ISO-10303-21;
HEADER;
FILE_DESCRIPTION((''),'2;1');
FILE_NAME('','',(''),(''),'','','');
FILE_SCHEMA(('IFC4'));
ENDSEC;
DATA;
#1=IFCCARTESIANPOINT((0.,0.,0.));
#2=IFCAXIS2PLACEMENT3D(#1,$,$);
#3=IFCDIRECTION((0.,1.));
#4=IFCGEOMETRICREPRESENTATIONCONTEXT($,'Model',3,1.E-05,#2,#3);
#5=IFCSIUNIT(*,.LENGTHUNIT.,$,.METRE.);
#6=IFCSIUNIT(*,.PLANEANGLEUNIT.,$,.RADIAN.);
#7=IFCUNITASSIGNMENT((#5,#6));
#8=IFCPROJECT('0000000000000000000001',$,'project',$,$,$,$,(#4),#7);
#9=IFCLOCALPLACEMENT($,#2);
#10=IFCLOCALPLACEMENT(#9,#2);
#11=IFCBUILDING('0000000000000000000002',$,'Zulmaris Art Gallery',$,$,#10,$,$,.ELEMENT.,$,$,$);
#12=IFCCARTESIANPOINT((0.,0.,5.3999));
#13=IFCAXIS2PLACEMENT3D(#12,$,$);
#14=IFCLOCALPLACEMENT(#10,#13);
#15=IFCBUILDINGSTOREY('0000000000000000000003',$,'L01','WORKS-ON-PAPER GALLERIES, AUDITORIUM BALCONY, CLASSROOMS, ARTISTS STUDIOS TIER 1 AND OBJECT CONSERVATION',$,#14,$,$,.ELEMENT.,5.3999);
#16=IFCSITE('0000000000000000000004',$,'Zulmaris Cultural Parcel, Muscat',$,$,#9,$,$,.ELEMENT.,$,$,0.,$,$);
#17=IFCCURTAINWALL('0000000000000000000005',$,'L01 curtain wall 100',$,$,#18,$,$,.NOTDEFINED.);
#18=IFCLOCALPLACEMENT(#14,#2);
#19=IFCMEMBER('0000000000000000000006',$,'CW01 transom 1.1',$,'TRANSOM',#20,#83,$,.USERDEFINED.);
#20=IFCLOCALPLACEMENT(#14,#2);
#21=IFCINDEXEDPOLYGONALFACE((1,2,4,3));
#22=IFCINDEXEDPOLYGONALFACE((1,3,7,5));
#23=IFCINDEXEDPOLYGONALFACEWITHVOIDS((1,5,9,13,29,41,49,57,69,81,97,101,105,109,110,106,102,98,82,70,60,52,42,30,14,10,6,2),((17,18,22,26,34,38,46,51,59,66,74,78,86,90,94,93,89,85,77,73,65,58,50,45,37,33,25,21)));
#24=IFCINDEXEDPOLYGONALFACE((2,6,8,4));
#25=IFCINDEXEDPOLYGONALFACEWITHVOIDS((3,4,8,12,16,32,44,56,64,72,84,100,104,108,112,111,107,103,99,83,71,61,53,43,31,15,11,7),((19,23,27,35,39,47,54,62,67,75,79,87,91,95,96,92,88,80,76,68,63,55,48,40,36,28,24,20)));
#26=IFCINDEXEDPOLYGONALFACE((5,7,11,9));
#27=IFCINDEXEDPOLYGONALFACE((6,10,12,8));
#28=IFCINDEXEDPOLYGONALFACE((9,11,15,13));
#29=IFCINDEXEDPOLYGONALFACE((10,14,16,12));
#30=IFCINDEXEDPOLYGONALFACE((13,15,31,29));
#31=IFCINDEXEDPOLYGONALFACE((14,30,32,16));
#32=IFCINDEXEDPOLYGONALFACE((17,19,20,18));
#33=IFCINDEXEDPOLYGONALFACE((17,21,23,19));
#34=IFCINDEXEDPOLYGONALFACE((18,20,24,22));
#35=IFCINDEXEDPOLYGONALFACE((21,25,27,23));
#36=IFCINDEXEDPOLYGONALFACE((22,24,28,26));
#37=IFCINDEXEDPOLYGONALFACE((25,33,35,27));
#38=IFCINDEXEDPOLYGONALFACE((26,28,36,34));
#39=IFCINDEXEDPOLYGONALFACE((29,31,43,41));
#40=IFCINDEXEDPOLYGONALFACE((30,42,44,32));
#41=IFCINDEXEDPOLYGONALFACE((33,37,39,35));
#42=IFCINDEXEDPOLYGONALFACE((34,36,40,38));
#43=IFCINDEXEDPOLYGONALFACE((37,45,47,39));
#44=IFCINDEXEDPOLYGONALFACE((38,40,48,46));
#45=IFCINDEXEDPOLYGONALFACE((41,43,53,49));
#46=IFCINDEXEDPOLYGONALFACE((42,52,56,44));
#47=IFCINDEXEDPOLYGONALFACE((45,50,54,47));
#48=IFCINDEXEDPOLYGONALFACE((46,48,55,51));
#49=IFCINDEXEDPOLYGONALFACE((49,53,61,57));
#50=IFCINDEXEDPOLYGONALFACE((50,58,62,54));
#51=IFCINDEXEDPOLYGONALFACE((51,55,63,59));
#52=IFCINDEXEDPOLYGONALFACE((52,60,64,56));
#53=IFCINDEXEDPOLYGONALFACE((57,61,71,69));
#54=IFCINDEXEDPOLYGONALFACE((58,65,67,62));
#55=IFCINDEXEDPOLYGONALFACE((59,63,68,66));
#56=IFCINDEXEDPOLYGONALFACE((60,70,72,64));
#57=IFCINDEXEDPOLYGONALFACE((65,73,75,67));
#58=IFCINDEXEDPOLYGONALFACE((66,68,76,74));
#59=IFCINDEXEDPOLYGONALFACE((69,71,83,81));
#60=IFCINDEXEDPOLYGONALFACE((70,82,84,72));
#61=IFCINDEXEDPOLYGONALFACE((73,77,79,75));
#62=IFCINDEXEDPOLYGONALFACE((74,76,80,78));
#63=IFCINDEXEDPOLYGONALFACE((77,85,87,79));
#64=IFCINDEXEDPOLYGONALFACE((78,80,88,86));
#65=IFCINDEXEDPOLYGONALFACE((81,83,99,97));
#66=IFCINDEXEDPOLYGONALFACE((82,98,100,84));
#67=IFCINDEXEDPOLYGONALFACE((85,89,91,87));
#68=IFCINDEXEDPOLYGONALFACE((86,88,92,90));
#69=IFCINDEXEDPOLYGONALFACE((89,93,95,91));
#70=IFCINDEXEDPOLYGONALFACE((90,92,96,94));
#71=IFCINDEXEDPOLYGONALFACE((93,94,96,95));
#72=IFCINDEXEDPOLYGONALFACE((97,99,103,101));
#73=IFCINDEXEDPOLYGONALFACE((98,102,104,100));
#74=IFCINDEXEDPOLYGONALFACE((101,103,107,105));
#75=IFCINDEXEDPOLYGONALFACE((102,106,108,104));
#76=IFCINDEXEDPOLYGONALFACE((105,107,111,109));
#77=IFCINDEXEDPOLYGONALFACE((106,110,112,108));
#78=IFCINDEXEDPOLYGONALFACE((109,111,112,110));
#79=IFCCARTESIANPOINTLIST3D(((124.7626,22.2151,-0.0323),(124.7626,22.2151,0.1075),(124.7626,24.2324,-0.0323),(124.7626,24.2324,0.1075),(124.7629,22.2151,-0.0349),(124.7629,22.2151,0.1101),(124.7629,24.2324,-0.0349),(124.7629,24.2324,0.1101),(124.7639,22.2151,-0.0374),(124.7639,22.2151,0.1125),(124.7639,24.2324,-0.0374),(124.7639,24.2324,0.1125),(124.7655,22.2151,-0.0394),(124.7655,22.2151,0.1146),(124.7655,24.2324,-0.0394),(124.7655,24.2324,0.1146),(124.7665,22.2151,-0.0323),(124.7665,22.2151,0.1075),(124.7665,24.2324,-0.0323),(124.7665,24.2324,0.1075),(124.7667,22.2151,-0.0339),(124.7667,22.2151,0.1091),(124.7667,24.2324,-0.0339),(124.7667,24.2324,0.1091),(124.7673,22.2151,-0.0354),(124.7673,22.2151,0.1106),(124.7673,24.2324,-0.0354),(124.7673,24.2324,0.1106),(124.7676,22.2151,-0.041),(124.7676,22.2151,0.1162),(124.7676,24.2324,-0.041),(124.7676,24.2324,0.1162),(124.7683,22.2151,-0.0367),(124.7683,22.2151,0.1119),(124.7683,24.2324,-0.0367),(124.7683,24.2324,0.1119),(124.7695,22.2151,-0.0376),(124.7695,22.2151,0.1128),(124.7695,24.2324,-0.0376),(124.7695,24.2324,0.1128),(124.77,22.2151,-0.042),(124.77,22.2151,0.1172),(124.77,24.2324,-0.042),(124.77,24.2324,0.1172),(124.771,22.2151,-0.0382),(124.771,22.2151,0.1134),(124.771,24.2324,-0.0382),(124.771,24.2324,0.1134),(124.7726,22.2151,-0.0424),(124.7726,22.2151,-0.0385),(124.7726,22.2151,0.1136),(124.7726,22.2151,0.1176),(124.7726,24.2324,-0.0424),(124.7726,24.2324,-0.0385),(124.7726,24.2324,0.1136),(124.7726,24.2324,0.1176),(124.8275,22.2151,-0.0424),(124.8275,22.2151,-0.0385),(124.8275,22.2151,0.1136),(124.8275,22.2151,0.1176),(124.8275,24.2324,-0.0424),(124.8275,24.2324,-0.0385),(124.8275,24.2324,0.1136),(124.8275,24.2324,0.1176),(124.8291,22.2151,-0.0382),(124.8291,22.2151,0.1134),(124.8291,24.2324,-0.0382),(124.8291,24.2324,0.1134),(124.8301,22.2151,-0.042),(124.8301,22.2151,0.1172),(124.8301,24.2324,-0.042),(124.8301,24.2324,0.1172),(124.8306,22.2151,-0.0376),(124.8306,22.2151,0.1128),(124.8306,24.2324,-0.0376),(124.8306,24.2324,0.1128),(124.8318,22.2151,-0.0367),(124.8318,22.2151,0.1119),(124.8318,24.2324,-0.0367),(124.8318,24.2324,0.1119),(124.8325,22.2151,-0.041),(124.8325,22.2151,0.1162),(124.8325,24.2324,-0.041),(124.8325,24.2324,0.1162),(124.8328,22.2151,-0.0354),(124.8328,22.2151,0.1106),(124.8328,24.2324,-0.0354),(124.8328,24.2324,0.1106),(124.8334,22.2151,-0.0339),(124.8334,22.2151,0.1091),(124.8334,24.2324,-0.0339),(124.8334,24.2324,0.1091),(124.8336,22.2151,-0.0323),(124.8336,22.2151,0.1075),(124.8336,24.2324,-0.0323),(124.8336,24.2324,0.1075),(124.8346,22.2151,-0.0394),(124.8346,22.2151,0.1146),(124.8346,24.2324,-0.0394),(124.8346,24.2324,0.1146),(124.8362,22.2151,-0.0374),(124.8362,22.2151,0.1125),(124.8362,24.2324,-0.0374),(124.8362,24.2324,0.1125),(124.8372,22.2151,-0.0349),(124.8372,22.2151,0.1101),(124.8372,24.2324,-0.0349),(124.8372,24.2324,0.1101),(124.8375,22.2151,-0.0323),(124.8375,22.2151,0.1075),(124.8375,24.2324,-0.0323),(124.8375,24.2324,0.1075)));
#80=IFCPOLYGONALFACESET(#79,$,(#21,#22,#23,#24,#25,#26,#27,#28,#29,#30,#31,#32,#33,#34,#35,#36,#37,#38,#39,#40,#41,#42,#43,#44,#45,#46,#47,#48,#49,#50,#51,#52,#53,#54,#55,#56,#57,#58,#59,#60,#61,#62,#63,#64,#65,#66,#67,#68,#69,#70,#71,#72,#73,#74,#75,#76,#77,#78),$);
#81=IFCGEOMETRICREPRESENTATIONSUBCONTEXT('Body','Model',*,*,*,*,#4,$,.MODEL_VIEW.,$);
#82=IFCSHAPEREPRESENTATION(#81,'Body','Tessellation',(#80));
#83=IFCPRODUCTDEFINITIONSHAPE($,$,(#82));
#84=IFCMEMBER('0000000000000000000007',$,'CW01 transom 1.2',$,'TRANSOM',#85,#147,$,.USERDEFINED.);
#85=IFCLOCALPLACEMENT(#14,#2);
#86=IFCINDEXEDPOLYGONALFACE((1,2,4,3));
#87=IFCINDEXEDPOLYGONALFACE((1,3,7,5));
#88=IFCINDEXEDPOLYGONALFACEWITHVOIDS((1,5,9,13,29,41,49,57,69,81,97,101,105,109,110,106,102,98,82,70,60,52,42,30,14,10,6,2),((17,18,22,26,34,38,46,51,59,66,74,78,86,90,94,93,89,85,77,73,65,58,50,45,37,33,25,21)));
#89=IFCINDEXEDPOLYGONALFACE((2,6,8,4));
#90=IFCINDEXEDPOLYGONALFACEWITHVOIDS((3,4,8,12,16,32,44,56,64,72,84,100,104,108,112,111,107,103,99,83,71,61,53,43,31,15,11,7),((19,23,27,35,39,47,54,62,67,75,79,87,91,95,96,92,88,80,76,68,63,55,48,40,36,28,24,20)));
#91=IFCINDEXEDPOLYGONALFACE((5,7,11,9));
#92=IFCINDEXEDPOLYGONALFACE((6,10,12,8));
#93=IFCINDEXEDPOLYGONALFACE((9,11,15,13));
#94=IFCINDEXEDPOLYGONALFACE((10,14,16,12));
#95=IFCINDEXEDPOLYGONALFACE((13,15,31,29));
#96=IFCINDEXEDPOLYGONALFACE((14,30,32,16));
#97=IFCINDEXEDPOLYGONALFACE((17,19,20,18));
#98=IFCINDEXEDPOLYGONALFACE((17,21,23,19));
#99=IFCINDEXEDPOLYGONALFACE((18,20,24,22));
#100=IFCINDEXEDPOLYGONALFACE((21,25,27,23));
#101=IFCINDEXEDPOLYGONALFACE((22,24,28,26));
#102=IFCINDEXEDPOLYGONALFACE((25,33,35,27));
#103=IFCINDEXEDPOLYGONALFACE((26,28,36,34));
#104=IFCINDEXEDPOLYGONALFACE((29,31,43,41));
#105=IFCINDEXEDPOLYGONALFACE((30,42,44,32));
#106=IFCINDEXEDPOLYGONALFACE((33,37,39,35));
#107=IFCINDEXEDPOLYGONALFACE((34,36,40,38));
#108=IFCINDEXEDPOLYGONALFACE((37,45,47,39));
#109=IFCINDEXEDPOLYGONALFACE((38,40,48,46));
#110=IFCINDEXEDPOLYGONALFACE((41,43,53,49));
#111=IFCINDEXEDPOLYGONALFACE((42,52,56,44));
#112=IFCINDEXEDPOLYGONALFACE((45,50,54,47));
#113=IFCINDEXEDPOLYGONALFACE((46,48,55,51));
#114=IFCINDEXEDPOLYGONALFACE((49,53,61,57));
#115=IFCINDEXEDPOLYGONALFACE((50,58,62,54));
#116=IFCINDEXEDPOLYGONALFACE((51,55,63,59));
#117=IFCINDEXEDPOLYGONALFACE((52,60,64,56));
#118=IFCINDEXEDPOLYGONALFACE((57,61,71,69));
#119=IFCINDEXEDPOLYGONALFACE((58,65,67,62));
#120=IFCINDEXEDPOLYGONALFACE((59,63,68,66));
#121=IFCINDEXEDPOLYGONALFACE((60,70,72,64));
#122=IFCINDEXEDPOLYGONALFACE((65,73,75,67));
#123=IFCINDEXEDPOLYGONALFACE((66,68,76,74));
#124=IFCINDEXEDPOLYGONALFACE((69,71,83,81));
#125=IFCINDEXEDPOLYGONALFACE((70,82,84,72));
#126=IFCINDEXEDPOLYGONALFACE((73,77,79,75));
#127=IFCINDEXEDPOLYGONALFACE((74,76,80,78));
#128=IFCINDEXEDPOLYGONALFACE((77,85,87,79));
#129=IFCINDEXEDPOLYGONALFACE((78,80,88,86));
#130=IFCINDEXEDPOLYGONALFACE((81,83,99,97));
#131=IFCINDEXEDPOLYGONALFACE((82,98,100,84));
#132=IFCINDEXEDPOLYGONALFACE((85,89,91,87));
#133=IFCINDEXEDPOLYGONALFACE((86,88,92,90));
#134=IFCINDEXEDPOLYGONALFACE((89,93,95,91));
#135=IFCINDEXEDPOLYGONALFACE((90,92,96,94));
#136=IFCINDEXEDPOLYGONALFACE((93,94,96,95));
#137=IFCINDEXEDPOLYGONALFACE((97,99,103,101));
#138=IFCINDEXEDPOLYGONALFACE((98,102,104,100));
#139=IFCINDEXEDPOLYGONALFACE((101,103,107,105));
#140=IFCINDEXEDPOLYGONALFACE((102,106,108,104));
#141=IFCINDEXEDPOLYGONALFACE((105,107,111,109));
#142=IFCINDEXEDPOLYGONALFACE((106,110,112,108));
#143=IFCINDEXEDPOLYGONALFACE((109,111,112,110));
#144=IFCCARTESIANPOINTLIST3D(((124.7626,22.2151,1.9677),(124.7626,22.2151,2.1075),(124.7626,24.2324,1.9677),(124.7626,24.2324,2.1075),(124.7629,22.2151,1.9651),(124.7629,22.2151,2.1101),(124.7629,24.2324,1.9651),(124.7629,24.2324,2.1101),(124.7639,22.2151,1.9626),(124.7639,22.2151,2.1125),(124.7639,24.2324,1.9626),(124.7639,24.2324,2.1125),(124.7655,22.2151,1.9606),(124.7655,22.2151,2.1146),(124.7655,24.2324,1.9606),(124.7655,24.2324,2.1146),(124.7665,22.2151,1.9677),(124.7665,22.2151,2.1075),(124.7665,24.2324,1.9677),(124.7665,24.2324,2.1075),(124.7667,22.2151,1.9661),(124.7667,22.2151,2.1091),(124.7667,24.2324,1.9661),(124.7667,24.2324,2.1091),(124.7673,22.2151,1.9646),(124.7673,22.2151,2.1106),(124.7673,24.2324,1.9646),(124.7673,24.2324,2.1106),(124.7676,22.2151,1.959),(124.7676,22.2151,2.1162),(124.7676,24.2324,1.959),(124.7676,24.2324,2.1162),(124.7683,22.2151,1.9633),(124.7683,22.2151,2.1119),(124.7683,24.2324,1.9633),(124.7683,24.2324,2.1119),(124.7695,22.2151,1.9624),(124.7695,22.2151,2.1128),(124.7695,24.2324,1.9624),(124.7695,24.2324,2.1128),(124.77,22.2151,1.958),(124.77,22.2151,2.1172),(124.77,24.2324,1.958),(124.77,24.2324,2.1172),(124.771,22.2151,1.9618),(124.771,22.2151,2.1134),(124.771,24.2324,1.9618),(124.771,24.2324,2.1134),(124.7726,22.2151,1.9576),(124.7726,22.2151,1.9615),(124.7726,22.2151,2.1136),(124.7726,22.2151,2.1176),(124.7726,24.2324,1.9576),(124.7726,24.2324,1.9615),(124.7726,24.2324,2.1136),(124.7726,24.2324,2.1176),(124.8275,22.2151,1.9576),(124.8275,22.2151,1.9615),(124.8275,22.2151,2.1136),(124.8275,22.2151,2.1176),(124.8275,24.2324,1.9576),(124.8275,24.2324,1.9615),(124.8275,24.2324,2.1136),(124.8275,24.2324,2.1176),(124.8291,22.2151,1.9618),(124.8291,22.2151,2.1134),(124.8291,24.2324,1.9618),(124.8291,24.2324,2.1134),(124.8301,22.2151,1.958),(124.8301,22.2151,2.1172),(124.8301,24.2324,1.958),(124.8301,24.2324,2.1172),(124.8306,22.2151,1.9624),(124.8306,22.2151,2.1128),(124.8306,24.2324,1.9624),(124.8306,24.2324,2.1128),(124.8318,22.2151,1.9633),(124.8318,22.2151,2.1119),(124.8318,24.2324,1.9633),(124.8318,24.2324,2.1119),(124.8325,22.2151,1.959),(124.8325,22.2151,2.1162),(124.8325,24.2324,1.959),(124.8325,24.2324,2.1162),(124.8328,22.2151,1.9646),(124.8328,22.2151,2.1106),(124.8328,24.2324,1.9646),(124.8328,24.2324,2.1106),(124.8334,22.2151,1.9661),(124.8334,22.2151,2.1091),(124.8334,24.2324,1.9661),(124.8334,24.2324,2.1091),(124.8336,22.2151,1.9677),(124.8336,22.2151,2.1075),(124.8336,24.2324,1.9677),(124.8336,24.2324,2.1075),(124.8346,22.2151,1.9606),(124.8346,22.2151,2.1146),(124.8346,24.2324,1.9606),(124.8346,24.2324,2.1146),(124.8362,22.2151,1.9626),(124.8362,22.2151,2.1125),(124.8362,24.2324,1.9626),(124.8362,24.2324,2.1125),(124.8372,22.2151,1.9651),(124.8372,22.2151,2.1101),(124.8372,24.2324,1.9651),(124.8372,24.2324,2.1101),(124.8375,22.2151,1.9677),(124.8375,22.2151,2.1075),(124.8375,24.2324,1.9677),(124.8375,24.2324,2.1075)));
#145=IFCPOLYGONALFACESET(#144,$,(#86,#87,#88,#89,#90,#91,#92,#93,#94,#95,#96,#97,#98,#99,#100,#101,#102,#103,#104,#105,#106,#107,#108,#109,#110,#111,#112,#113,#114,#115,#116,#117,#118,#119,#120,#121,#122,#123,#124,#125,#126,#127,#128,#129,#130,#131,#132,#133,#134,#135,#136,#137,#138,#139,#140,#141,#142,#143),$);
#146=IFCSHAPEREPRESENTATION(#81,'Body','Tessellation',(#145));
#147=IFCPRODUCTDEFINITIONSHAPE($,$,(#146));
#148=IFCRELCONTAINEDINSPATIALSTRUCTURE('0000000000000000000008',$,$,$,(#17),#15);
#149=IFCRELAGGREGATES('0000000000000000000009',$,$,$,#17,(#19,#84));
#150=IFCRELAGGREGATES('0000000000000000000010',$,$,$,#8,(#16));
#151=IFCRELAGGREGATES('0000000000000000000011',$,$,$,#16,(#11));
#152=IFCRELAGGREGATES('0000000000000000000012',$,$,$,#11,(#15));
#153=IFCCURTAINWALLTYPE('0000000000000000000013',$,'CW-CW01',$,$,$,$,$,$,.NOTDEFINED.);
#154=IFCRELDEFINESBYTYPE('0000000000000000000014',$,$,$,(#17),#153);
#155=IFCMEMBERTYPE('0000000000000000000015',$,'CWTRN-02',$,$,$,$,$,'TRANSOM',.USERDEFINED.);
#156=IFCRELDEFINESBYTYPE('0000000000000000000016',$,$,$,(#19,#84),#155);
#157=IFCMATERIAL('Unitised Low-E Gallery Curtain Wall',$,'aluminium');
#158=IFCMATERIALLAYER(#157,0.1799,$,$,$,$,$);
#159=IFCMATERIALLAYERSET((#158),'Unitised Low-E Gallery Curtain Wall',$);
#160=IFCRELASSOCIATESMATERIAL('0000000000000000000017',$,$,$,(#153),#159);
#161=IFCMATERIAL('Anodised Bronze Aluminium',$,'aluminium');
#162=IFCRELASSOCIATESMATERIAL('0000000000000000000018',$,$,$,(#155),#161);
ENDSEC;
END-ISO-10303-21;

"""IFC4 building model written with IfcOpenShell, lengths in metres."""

from ifc_helpers import new_model, si_unit, direction, frame, origin, origin_2d, place, context, subcontext, project, spatial, hollow_rectangle, extrude, material, layer, layer_set, material_profile, profile_set, type_object, element, aggregate, save


model = new_model("IFC4")

# Units and contexts
model_context = context("Model", 3, precision=1e-05, world=origin(), true_north=direction((0.0, 1.0)))
body_context = subcontext(model_context, "Body", "Model", "MODEL_VIEW")
ifc_project = project(units=[si_unit("LENGTHUNIT", "METRE"), si_unit("PLANEANGLEUNIT", "RADIAN")], contexts=[model_context])

# Site, building, storey
site_placement = place(None, origin())
site = spatial("IfcSite", under=ifc_project, at=site_placement, Name="Zulmaris Cultural Parcel, Muscat", CompositionType="ELEMENT", RefElevation=0.0)
building_placement = place(site_placement, origin())
building = spatial("IfcBuilding", under=site, at=building_placement, Name="Zulmaris Art Gallery", CompositionType="ELEMENT")
storey_placement = place(building_placement, frame((0.0, 0.0, 5.3999)))
storey = spatial("IfcBuildingStorey", under=building, at=storey_placement, Name="L01", Description="WORKS-ON-PAPER GALLERIES, AUDITORIUM BALCONY, CLASSROOMS, ARTISTS STUDIOS TIER 1 AND OBJECT CONSERVATION", CompositionType="ELEMENT", Elevation=5.3999)

# Curtain wall, members
ifc_material_1 = material(Name="Unitised Low-E Gallery Curtain Wall", Category="aluminium")
ifc_layer_1 = layer(ifc_material_1, 0.1799)
ifc_layer_set_1 = layer_set([ifc_layer_1], Name="Unitised Low-E Gallery Curtain Wall")
curtain_wall_type = type_object("IfcCurtainWallType", Name="CW-CW01", PredefinedType="NOTDEFINED", material=ifc_layer_set_1)
curtain_wall_placement = place(storey_placement, origin())
curtain_wall = element("IfcCurtainWall", 1, at=curtain_wall_placement, inside=storey, type_object=curtain_wall_type, Name="L01 curtain wall 100", PredefinedType="NOTDEFINED")
ifc_material_2 = material(Name="Anodised Bronze Aluminium", Category="aluminium")
ifc_material_profile_1 = material_profile(ifc_material_2, hollow_rectangle(XDim=0.075, YDim=0.1599, WallThickness=0.0039, InnerFilletRadius=0.0061, OuterFilletRadius=0.01, at=origin_2d()), Name="ALU 75x160x4")
ifc_profile_set_1 = profile_set([ifc_material_profile_1], Name="Anodised Bronze Aluminium")
member_type_1 = type_object("IfcMemberType", Name="CWTRN-02", ElementType="TRANSOM", PredefinedType="USERDEFINED", material=ifc_profile_set_1)
member_1_placement = place(storey_placement, frame((124.8, 22.2151, 0.0376), z_axis=(0.0, 1.0, 0.0), x_axis=(-1.0, 0.0, 0.0)))
member_1 = element("IfcMember", 2, at=member_1_placement, type_object=member_type_1, Name="CW01 transom 1.1", ObjectType="TRANSOM", PredefinedType="USERDEFINED", context=body_context, shape_type="SweptSolid", body=[
    extrude(hollow_rectangle(XDim=0.075, YDim=0.1599, WallThickness=0.0039, InnerFilletRadius=0.0061, OuterFilletRadius=0.01, at=origin_2d()), origin(), (0.0, 0.0, 1.0), 2.0173),
])
member_2_placement = place(storey_placement, frame((124.8, 22.2151, 2.0376), z_axis=(0.0, 1.0, 0.0), x_axis=(-1.0, 0.0, 0.0)))
member_2 = element("IfcMember", 3, at=member_2_placement, type_object=member_type_1, Name="CW01 transom 1.2", ObjectType="TRANSOM", PredefinedType="USERDEFINED", context=body_context, shape_type="SweptSolid", body=[
    extrude(hollow_rectangle(XDim=0.075, YDim=0.1599, WallThickness=0.0039, InnerFilletRadius=0.0061, OuterFilletRadius=0.01, at=origin_2d()), origin(), (0.0, 0.0, 1.0), 2.0173),
])
aggregate(curtain_wall, [member_1, member_2])

save(model, "model.ifc")
